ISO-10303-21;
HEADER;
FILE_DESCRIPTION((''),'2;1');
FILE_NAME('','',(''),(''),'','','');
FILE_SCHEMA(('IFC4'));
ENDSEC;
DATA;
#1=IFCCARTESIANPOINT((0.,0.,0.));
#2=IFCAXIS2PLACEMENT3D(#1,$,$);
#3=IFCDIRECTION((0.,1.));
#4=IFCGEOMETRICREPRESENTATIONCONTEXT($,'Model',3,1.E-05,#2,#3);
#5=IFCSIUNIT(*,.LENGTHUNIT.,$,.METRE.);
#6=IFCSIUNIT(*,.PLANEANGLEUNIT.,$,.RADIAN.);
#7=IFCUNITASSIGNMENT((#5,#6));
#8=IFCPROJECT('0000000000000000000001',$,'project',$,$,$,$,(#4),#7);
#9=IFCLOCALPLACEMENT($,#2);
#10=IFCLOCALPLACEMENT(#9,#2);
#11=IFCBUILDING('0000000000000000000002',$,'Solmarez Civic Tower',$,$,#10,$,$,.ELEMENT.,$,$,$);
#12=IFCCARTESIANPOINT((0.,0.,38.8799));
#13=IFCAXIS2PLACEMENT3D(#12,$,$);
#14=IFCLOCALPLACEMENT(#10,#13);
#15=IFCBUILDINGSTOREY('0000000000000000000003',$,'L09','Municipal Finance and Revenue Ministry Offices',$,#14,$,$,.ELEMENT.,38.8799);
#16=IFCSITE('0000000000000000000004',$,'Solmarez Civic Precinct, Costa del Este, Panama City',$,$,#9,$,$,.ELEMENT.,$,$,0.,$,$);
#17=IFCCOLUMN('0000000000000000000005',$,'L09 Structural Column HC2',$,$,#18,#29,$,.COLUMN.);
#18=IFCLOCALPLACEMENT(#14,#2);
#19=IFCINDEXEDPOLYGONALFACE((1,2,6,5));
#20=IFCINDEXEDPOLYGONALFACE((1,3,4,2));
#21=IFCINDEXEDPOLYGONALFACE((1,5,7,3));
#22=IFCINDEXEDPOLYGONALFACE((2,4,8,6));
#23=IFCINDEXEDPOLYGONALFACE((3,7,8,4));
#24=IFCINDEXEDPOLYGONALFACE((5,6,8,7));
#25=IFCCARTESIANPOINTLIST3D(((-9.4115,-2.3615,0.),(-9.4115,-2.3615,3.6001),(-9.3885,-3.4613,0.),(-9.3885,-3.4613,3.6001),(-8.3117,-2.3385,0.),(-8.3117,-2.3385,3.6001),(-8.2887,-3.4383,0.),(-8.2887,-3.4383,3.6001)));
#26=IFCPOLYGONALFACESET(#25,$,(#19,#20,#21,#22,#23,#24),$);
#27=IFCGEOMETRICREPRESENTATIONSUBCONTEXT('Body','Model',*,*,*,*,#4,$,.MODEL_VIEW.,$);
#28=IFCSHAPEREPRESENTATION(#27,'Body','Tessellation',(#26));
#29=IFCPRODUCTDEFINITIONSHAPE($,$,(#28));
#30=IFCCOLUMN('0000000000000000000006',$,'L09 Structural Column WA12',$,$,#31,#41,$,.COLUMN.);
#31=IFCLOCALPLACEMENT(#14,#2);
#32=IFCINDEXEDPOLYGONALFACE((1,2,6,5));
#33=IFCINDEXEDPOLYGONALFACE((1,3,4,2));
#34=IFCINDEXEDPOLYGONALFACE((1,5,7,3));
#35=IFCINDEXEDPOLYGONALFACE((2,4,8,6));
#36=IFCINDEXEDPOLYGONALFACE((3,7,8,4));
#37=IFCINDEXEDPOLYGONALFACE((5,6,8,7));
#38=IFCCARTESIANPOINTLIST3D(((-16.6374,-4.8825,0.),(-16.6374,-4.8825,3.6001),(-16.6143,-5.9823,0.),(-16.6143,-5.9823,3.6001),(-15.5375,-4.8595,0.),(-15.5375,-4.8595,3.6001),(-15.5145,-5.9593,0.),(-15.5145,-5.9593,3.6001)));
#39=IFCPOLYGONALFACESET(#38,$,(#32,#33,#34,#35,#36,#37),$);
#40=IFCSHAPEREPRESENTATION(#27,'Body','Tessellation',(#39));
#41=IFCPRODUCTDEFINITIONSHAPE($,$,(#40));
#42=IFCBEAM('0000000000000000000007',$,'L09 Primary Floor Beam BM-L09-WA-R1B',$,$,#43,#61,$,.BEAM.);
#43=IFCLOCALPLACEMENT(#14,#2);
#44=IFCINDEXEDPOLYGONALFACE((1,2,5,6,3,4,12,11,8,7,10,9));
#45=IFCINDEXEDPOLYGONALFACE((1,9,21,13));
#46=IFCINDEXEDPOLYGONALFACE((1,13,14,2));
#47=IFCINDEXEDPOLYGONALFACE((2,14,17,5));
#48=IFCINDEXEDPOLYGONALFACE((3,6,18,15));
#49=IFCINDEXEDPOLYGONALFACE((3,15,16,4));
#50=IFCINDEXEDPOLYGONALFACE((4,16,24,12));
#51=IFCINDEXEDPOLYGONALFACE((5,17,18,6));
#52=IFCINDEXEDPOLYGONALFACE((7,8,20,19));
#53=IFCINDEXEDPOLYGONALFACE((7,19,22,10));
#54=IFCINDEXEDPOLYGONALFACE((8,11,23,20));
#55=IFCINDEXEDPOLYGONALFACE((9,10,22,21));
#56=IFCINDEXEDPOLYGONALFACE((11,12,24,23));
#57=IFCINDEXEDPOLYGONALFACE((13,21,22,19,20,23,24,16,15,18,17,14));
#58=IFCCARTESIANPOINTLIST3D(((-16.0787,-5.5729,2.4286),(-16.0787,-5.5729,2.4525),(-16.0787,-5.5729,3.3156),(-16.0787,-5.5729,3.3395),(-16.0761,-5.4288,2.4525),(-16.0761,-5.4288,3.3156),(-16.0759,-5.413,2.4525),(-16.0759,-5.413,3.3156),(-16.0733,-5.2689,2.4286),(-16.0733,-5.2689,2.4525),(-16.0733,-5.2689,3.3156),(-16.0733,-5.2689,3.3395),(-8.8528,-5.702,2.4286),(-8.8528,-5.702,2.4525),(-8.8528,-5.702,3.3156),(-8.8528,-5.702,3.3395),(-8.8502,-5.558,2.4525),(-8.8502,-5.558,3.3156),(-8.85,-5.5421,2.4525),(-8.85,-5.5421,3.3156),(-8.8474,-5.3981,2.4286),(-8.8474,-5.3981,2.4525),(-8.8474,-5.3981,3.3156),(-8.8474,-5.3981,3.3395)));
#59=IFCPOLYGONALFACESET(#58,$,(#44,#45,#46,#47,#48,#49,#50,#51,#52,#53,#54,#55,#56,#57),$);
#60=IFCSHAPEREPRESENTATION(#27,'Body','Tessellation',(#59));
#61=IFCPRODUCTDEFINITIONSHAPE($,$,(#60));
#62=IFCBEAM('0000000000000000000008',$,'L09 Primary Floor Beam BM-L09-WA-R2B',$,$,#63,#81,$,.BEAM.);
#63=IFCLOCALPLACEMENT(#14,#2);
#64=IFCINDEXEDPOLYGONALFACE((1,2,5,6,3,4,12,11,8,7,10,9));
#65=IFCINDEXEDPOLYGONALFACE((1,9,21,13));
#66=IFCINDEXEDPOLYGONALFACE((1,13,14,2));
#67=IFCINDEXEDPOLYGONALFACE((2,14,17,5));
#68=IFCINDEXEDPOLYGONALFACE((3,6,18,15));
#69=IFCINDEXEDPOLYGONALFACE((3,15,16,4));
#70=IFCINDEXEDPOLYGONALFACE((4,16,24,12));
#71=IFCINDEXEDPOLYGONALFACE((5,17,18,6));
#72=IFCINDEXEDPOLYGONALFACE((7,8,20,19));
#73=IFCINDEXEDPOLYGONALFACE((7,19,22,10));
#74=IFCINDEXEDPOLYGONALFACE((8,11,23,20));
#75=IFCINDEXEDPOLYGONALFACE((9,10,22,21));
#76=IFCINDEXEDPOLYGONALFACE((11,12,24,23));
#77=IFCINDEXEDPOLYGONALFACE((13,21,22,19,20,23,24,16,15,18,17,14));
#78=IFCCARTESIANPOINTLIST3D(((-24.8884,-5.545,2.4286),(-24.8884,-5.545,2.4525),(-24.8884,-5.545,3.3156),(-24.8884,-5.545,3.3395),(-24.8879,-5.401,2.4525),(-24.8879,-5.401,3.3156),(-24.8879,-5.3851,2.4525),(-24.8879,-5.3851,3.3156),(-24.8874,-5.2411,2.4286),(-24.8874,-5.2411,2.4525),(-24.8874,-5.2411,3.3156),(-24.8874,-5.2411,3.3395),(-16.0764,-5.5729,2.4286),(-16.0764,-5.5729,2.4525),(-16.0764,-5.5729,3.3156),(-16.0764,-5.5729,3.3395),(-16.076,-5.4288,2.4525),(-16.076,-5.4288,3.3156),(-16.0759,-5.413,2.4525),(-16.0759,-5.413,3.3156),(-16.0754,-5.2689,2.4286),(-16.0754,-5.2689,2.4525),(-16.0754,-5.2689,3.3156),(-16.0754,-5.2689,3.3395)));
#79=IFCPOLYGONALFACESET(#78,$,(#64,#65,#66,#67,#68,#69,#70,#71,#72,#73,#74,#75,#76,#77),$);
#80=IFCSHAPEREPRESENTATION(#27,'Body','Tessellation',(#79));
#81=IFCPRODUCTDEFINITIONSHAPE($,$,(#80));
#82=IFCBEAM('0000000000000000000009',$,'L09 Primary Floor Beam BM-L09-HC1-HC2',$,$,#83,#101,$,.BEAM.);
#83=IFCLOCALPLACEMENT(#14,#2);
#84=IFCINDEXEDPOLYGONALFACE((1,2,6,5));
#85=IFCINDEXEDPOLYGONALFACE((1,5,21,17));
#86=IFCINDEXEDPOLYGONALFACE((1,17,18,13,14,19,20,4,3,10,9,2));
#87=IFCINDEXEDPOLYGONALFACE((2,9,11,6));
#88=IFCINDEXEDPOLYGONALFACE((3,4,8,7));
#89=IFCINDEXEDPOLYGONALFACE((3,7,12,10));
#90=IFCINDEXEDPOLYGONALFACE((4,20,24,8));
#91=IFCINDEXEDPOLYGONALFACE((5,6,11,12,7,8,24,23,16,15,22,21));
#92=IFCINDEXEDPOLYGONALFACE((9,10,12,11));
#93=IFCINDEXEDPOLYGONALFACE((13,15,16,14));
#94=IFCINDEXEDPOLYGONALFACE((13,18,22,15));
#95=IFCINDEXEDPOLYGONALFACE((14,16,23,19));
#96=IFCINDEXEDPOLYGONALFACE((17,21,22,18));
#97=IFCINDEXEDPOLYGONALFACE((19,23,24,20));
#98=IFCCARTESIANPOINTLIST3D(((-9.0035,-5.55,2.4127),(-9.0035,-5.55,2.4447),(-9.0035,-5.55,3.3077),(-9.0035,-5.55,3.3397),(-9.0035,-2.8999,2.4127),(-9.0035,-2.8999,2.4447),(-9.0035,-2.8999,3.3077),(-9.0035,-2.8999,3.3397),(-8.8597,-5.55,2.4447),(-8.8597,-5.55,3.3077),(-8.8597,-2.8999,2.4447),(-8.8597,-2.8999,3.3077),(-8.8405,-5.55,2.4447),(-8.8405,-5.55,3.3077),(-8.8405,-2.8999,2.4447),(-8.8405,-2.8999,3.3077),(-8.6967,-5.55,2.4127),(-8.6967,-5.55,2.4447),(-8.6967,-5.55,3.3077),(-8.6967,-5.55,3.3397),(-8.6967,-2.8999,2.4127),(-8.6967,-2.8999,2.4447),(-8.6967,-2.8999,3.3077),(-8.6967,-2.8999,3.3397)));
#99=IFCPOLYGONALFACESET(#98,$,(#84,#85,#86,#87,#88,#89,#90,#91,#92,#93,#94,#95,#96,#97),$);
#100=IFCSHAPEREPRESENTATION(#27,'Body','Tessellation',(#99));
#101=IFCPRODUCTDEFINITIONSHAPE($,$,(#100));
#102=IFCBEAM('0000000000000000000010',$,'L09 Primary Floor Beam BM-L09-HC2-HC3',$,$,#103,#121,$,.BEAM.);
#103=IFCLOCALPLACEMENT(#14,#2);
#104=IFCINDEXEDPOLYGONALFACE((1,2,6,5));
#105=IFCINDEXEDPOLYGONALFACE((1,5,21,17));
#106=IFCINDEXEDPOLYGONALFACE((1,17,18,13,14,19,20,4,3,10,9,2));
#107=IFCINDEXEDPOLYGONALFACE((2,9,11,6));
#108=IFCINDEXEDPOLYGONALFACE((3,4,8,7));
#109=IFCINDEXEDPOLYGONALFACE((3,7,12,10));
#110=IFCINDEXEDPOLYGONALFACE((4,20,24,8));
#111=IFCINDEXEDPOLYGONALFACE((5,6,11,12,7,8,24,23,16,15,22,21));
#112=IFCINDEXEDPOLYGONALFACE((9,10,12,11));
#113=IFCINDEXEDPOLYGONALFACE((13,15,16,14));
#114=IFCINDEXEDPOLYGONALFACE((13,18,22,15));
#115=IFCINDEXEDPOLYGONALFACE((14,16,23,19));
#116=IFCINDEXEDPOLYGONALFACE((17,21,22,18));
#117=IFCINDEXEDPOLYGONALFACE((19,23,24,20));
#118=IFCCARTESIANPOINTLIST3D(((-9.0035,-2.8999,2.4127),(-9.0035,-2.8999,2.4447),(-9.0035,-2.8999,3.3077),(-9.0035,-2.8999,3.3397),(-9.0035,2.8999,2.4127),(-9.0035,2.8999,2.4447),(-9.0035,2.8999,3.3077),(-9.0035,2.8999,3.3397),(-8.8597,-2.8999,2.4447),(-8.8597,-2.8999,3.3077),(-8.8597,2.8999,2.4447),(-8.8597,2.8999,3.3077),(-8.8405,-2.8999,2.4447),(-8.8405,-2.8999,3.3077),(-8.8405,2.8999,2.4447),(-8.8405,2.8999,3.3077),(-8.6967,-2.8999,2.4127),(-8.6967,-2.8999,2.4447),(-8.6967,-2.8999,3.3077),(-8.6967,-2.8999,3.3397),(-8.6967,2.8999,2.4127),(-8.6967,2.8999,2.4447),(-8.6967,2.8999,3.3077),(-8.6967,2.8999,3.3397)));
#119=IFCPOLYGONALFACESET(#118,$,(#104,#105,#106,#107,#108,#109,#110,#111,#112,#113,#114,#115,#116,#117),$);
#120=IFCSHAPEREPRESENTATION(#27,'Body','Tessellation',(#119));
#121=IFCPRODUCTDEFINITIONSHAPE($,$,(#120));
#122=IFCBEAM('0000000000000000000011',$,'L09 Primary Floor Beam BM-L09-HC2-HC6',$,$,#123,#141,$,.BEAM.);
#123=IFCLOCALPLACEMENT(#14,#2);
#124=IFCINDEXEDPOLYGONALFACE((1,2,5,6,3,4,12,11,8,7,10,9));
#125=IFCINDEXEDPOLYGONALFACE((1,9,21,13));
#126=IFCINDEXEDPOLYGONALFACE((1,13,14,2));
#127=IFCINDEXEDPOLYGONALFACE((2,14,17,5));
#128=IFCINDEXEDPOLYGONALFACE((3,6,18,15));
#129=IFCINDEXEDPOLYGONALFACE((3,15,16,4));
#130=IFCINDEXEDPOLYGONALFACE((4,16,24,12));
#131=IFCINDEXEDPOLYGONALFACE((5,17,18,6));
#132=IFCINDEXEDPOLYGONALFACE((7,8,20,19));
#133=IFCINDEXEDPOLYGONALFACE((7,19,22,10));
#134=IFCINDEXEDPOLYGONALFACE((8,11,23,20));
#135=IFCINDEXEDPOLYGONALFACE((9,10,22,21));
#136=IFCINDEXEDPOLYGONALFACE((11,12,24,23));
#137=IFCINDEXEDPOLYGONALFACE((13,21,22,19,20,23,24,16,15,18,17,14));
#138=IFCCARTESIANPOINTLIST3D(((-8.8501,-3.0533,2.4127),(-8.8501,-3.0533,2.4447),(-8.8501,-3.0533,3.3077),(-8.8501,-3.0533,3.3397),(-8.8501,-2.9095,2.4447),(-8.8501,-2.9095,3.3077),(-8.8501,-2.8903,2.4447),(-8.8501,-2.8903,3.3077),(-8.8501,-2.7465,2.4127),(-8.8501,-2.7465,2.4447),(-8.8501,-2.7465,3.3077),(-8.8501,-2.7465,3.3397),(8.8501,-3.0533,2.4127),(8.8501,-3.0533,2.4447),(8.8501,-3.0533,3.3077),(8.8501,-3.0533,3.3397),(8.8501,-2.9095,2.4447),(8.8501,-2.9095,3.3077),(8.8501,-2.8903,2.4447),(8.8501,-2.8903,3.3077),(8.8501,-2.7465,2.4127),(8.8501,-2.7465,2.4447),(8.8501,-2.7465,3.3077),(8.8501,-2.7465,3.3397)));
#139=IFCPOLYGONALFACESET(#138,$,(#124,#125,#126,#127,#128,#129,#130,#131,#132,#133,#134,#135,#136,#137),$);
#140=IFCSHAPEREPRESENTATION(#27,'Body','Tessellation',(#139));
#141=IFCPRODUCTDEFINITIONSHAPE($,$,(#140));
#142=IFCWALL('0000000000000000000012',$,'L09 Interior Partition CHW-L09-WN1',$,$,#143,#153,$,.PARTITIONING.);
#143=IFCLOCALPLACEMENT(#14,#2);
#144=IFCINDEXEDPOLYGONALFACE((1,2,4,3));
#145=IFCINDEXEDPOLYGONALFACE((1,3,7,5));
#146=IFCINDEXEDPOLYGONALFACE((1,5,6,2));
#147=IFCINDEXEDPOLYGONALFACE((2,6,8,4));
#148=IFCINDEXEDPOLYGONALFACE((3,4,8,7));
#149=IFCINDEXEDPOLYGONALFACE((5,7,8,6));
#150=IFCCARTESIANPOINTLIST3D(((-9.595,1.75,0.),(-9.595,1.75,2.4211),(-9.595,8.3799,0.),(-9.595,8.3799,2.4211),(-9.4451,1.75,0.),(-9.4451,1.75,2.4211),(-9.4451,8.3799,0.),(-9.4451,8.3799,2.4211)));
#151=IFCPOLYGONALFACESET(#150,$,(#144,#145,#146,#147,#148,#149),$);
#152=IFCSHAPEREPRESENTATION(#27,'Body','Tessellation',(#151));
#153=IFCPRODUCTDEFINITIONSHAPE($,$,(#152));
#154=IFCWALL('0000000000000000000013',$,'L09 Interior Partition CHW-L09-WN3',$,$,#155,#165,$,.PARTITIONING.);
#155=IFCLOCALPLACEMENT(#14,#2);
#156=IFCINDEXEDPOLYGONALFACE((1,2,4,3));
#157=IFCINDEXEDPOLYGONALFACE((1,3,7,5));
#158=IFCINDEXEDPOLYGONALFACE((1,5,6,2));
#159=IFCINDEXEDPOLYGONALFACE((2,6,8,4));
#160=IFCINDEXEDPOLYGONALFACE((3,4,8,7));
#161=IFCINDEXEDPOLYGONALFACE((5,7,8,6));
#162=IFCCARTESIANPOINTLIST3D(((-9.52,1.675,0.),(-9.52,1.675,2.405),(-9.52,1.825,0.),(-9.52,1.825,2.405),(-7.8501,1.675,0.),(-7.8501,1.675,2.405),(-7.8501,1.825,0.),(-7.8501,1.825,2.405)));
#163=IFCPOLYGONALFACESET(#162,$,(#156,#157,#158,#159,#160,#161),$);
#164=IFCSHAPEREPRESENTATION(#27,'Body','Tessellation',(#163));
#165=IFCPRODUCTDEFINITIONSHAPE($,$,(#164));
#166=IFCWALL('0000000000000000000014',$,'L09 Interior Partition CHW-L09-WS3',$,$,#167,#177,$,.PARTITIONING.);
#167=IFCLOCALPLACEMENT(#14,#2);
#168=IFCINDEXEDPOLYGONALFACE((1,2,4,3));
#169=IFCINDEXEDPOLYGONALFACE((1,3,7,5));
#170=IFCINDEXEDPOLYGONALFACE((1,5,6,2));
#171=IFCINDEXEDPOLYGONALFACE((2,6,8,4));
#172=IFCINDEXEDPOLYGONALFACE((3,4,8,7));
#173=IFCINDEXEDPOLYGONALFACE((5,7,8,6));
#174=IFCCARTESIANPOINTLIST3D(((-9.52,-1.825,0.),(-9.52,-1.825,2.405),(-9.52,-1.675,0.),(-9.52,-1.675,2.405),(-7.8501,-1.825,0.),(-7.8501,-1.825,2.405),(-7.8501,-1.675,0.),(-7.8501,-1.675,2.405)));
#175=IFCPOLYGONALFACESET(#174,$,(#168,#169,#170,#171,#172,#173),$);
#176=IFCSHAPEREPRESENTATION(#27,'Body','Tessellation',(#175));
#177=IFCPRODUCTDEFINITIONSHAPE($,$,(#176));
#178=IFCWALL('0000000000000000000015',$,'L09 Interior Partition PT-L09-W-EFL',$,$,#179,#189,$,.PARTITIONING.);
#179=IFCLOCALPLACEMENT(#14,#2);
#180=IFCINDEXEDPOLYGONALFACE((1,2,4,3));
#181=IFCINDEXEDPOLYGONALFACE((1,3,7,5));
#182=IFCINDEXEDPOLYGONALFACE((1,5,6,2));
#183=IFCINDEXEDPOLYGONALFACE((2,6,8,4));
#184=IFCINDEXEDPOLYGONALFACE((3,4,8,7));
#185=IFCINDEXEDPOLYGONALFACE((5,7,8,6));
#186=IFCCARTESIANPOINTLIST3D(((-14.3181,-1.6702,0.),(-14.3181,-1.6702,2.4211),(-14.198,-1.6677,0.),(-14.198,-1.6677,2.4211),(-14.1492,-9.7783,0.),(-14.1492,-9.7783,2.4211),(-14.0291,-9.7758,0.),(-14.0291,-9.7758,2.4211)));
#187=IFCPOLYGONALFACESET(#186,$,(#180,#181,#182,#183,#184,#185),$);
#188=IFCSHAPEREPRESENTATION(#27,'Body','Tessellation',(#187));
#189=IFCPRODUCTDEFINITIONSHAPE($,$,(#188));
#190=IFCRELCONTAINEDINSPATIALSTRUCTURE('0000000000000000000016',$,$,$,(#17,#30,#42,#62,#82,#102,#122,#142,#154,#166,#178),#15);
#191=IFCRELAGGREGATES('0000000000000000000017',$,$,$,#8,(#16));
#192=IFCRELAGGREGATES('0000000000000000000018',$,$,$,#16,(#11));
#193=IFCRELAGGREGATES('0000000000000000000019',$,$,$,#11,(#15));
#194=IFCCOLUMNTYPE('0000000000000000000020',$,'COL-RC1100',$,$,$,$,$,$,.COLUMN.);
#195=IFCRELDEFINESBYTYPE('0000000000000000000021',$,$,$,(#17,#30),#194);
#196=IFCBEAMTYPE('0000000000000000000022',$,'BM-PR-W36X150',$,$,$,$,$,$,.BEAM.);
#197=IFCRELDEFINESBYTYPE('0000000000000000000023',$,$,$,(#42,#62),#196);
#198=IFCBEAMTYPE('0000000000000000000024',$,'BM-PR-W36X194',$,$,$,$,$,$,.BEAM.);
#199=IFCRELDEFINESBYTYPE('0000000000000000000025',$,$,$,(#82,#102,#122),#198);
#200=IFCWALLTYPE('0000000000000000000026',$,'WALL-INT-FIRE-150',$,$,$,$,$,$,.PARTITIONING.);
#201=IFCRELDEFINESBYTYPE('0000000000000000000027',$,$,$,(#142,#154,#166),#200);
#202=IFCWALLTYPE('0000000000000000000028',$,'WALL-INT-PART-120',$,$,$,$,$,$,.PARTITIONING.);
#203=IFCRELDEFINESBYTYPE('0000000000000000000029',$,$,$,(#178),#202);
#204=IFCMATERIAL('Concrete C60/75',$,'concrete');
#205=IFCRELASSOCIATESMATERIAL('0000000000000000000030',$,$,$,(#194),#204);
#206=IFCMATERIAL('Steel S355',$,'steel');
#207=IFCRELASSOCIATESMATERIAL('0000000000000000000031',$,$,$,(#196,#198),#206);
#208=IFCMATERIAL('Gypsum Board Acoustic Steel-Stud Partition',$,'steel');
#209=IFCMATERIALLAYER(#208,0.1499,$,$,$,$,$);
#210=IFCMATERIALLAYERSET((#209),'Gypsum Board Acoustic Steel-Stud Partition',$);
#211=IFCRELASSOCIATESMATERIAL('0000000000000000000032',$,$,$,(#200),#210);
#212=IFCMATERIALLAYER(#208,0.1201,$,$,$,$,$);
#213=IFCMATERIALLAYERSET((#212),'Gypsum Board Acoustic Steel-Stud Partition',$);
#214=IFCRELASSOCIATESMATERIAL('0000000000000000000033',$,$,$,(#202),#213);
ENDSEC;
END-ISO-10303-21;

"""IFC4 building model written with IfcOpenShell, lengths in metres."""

from ifc_helpers import new_model, si_unit, direction, frame, frame_2d, origin, origin_2d, place, context, subcontext, project, spatial, rectangle, i_section, extrude, material, layer, layer_set, material_profile, profile_set, type_object, element, save


model = new_model("IFC4")

# Units and contexts
model_context = context("Model", 3, precision=1e-05, world=origin(), true_north=direction((0.0, 1.0)))
body_context = subcontext(model_context, "Body", "Model", "MODEL_VIEW")
ifc_project = project(units=[si_unit("LENGTHUNIT", "METRE"), si_unit("PLANEANGLEUNIT", "RADIAN")], contexts=[model_context])

# Site, building, storey
site_placement = place(None, origin())
site = spatial("IfcSite", under=ifc_project, at=site_placement, Name="Solmarez Civic Precinct, Costa del Este, Panama City", CompositionType="ELEMENT", RefElevation=0.0)
building_placement = place(site_placement, origin())
building = spatial("IfcBuilding", under=site, at=building_placement, Name="Solmarez Civic Tower", CompositionType="ELEMENT")
storey_placement = place(building_placement, frame((0.0, 0.0, 38.8799)))
storey = spatial("IfcBuildingStorey", under=building, at=storey_placement, Name="L09", Description="Municipal Finance and Revenue Ministry Offices", CompositionType="ELEMENT", Elevation=38.8799)

# Columns
ifc_material_1 = material(Name="Concrete C60/75", Category="concrete")
ifc_material_profile_1 = material_profile(ifc_material_1, rectangle(XDim=1.1001, YDim=1.1001, at=origin_2d()), Name="RC1100X1100")
ifc_profile_set_1 = profile_set([ifc_material_profile_1], Name="Concrete C60/75")
column_type = type_object("IfcColumnType", Name="COL-RC1100", PredefinedType="COLUMN", material=ifc_profile_set_1)
for number, where, z_axis, x_axis, name in (
    (1, (-8.8501, -2.8999, 0.0), (0.0, 0.0, 1.0), (0.999781, 0.020942, 0.0), "L09 Structural Column HC2"),
    (2, (-16.0759, -5.4209, 0.0), (0.0, 0.0, 1.0), (0.999781, 0.020942, 0.0), "L09 Structural Column WA12"),
):
    element("IfcColumn", number, at=place(storey_placement, frame(where, z_axis=z_axis, x_axis=x_axis)), inside=storey, type_object=column_type, Name=name, PredefinedType="COLUMN", context=body_context, shape_type="SweptSolid", body=[
        extrude(rectangle(XDim=1.1001, YDim=1.1001, at=origin_2d()), origin(), (0.0, 0.0, 1.0), 3.6001),
    ])

# Beams
ifc_material_2 = material(Name="Steel S355", Category="steel")
ifc_material_profile_2 = material_profile(ifc_material_2, i_section(OverallWidth=0.304, OverallDepth=0.9109, WebThickness=0.0159, FlangeThickness=0.0239, at=origin_2d()), Name="W36X150")
ifc_profile_set_2 = profile_set([ifc_material_profile_2], Name="Steel S355")
beam_type_1 = type_object("IfcBeamType", Name="BM-PR-W36X150", PredefinedType="BEAM", material=ifc_profile_set_2)
beam_1_placement = place(storey_placement, frame((-8.8501, -5.55, 2.884), z_axis=(-0.99984, 0.017871, 0.0), x_axis=(-0.017871, -0.99984, 0.0)))
element("IfcBeam", 3, at=beam_1_placement, inside=storey, type_object=beam_type_1, Name="L09 Primary Floor Beam BM-L09-WA-R1B", PredefinedType="BEAM", context=body_context, shape_type="SweptSolid", body=[
    extrude(i_section(OverallWidth=0.304, OverallDepth=0.9109, WebThickness=0.0159, FlangeThickness=0.0239, at=origin_2d()), origin(), (0.0, 0.0, 1.0), 7.2271),
])
beam_2_placement = place(storey_placement, frame((-16.0759, -5.4209, 2.884), z_axis=(-0.999995, 0.003158, 0.0), x_axis=(-0.003158, -0.999995, 0.0)))
element("IfcBeam", 4, at=beam_2_placement, inside=storey, type_object=beam_type_1, Name="L09 Primary Floor Beam BM-L09-WA-R2B", PredefinedType="BEAM", context=body_context, shape_type="SweptSolid", body=[
    extrude(i_section(OverallWidth=0.304, OverallDepth=0.9109, WebThickness=0.0159, FlangeThickness=0.0239, at=origin_2d()), origin(), (0.0, 0.0, 1.0), 8.812),
])
ifc_material_profile_3 = material_profile(ifc_material_2, i_section(OverallWidth=0.3069, OverallDepth=0.927, WebThickness=0.0193, FlangeThickness=0.032, at=origin_2d()), Name="W36X194")
ifc_profile_set_3 = profile_set([ifc_material_profile_3], Name="Steel S355")
beam_type_2 = type_object("IfcBeamType", Name="BM-PR-W36X194", PredefinedType="BEAM", material=ifc_profile_set_3)
beam_3_placement = place(storey_placement, frame((-8.8501, -5.55, 2.8762), z_axis=(0.0, 1.0, 0.0), x_axis=(-1.0, 0.0, 0.0)))
element("IfcBeam", 5, at=beam_3_placement, inside=storey, type_object=beam_type_2, Name="L09 Primary Floor Beam BM-L09-HC1-HC2", PredefinedType="BEAM", context=body_context, shape_type="SweptSolid", body=[
    extrude(i_section(OverallWidth=0.3069, OverallDepth=0.927, WebThickness=0.0193, FlangeThickness=0.032, at=origin_2d()), origin(), (0.0, 0.0, 1.0), 2.6501),
])
beam_4_placement = place(storey_placement, frame((-8.8501, -2.8999, 2.8762), z_axis=(0.0, 1.0, 0.0), x_axis=(-1.0, 0.0, 0.0)))
element("IfcBeam", 6, at=beam_4_placement, inside=storey, type_object=beam_type_2, Name="L09 Primary Floor Beam BM-L09-HC2-HC3", PredefinedType="BEAM", context=body_context, shape_type="SweptSolid", body=[
    extrude(i_section(OverallWidth=0.3069, OverallDepth=0.927, WebThickness=0.0193, FlangeThickness=0.032, at=origin_2d()), origin(), (0.0, 0.0, 1.0), 5.7998),
])
beam_5_placement = place(storey_placement, frame((-8.8501, -2.8999, 2.8762), z_axis=(1.0, 0.0, 0.0), x_axis=(0.0, 1.0, 0.0)))
element("IfcBeam", 7, at=beam_5_placement, inside=storey, type_object=beam_type_2, Name="L09 Primary Floor Beam BM-L09-HC2-HC6", PredefinedType="BEAM", context=body_context, shape_type="SweptSolid", body=[
    extrude(i_section(OverallWidth=0.3069, OverallDepth=0.927, WebThickness=0.0193, FlangeThickness=0.032, at=origin_2d()), origin(), (0.0, 0.0, 1.0), 17.7002),
])

# Walls
ifc_material_3 = material(Name="Gypsum Board Acoustic Steel-Stud Partition", Category="steel")
ifc_layer_1 = layer(ifc_material_3, 0.1499)
ifc_layer_set_1 = layer_set([ifc_layer_1], Name="Gypsum Board Acoustic Steel-Stud Partition")
wall_type_1 = type_object("IfcWallType", Name="WALL-INT-FIRE-150", PredefinedType="PARTITIONING", material=ifc_layer_set_1)
wall_1_placement = place(storey_placement, frame((-9.52, 1.75, 0.0), z_axis=(0.0, 0.0, 1.0), x_axis=(0.0, 1.0, 0.0)))
element("IfcWall", 8, at=wall_1_placement, inside=storey, type_object=wall_type_1, Name="L09 Interior Partition CHW-L09-WN1", PredefinedType="PARTITIONING", context=body_context, shape_type="SweptSolid", body=[
    extrude(rectangle(XDim=6.6299, YDim=0.1499, at=frame_2d((3.3149, 0.0))), origin(), (0.0, 0.0, 1.0), 2.4211),
])
for number, where, z_axis, x_axis, name in (
    (9, (-7.8501, 1.75, 0.0), (0.0, 0.0, 1.0), (-1.0, 0.0, 0.0), "L09 Interior Partition CHW-L09-WN3"),
    (10, (-7.8501, -1.75, 0.0), (0.0, 0.0, 1.0), (-1.0, 0.0, 0.0), "L09 Interior Partition CHW-L09-WS3"),
):
    element("IfcWall", number, at=place(storey_placement, frame(where, z_axis=z_axis, x_axis=x_axis)), inside=storey, type_object=wall_type_1, Name=name, PredefinedType="PARTITIONING", context=body_context, shape_type="SweptSolid", body=[
        extrude(rectangle(XDim=1.6699, YDim=0.1499, at=frame_2d((0.835, 0.0))), origin(), (0.0, 0.0, 1.0), 2.405),
    ])
ifc_layer_2 = layer(ifc_material_3, 0.1201)
ifc_layer_set_2 = layer_set([ifc_layer_2], Name="Gypsum Board Acoustic Steel-Stud Partition")
wall_type_2 = type_object("IfcWallType", Name="WALL-INT-PART-120", PredefinedType="PARTITIONING", material=ifc_layer_set_2)
wall_2_placement = place(storey_placement, frame((-14.2581, -1.6689, 0.0), z_axis=(0.0, 0.0, 1.0), x_axis=(0.020832, -0.999783, 0.0)))
element("IfcWall", 11, at=wall_2_placement, inside=storey, type_object=wall_type_2, Name="L09 Interior Partition PT-L09-W-EFL", PredefinedType="PARTITIONING", context=body_context, shape_type="SweptSolid", body=[
    extrude(rectangle(XDim=8.1099, YDim=0.1201, at=frame_2d((4.0549, 0.0))), origin(), (0.0, 0.0, 1.0), 2.4211),
])

save(model, "model.ifc")
